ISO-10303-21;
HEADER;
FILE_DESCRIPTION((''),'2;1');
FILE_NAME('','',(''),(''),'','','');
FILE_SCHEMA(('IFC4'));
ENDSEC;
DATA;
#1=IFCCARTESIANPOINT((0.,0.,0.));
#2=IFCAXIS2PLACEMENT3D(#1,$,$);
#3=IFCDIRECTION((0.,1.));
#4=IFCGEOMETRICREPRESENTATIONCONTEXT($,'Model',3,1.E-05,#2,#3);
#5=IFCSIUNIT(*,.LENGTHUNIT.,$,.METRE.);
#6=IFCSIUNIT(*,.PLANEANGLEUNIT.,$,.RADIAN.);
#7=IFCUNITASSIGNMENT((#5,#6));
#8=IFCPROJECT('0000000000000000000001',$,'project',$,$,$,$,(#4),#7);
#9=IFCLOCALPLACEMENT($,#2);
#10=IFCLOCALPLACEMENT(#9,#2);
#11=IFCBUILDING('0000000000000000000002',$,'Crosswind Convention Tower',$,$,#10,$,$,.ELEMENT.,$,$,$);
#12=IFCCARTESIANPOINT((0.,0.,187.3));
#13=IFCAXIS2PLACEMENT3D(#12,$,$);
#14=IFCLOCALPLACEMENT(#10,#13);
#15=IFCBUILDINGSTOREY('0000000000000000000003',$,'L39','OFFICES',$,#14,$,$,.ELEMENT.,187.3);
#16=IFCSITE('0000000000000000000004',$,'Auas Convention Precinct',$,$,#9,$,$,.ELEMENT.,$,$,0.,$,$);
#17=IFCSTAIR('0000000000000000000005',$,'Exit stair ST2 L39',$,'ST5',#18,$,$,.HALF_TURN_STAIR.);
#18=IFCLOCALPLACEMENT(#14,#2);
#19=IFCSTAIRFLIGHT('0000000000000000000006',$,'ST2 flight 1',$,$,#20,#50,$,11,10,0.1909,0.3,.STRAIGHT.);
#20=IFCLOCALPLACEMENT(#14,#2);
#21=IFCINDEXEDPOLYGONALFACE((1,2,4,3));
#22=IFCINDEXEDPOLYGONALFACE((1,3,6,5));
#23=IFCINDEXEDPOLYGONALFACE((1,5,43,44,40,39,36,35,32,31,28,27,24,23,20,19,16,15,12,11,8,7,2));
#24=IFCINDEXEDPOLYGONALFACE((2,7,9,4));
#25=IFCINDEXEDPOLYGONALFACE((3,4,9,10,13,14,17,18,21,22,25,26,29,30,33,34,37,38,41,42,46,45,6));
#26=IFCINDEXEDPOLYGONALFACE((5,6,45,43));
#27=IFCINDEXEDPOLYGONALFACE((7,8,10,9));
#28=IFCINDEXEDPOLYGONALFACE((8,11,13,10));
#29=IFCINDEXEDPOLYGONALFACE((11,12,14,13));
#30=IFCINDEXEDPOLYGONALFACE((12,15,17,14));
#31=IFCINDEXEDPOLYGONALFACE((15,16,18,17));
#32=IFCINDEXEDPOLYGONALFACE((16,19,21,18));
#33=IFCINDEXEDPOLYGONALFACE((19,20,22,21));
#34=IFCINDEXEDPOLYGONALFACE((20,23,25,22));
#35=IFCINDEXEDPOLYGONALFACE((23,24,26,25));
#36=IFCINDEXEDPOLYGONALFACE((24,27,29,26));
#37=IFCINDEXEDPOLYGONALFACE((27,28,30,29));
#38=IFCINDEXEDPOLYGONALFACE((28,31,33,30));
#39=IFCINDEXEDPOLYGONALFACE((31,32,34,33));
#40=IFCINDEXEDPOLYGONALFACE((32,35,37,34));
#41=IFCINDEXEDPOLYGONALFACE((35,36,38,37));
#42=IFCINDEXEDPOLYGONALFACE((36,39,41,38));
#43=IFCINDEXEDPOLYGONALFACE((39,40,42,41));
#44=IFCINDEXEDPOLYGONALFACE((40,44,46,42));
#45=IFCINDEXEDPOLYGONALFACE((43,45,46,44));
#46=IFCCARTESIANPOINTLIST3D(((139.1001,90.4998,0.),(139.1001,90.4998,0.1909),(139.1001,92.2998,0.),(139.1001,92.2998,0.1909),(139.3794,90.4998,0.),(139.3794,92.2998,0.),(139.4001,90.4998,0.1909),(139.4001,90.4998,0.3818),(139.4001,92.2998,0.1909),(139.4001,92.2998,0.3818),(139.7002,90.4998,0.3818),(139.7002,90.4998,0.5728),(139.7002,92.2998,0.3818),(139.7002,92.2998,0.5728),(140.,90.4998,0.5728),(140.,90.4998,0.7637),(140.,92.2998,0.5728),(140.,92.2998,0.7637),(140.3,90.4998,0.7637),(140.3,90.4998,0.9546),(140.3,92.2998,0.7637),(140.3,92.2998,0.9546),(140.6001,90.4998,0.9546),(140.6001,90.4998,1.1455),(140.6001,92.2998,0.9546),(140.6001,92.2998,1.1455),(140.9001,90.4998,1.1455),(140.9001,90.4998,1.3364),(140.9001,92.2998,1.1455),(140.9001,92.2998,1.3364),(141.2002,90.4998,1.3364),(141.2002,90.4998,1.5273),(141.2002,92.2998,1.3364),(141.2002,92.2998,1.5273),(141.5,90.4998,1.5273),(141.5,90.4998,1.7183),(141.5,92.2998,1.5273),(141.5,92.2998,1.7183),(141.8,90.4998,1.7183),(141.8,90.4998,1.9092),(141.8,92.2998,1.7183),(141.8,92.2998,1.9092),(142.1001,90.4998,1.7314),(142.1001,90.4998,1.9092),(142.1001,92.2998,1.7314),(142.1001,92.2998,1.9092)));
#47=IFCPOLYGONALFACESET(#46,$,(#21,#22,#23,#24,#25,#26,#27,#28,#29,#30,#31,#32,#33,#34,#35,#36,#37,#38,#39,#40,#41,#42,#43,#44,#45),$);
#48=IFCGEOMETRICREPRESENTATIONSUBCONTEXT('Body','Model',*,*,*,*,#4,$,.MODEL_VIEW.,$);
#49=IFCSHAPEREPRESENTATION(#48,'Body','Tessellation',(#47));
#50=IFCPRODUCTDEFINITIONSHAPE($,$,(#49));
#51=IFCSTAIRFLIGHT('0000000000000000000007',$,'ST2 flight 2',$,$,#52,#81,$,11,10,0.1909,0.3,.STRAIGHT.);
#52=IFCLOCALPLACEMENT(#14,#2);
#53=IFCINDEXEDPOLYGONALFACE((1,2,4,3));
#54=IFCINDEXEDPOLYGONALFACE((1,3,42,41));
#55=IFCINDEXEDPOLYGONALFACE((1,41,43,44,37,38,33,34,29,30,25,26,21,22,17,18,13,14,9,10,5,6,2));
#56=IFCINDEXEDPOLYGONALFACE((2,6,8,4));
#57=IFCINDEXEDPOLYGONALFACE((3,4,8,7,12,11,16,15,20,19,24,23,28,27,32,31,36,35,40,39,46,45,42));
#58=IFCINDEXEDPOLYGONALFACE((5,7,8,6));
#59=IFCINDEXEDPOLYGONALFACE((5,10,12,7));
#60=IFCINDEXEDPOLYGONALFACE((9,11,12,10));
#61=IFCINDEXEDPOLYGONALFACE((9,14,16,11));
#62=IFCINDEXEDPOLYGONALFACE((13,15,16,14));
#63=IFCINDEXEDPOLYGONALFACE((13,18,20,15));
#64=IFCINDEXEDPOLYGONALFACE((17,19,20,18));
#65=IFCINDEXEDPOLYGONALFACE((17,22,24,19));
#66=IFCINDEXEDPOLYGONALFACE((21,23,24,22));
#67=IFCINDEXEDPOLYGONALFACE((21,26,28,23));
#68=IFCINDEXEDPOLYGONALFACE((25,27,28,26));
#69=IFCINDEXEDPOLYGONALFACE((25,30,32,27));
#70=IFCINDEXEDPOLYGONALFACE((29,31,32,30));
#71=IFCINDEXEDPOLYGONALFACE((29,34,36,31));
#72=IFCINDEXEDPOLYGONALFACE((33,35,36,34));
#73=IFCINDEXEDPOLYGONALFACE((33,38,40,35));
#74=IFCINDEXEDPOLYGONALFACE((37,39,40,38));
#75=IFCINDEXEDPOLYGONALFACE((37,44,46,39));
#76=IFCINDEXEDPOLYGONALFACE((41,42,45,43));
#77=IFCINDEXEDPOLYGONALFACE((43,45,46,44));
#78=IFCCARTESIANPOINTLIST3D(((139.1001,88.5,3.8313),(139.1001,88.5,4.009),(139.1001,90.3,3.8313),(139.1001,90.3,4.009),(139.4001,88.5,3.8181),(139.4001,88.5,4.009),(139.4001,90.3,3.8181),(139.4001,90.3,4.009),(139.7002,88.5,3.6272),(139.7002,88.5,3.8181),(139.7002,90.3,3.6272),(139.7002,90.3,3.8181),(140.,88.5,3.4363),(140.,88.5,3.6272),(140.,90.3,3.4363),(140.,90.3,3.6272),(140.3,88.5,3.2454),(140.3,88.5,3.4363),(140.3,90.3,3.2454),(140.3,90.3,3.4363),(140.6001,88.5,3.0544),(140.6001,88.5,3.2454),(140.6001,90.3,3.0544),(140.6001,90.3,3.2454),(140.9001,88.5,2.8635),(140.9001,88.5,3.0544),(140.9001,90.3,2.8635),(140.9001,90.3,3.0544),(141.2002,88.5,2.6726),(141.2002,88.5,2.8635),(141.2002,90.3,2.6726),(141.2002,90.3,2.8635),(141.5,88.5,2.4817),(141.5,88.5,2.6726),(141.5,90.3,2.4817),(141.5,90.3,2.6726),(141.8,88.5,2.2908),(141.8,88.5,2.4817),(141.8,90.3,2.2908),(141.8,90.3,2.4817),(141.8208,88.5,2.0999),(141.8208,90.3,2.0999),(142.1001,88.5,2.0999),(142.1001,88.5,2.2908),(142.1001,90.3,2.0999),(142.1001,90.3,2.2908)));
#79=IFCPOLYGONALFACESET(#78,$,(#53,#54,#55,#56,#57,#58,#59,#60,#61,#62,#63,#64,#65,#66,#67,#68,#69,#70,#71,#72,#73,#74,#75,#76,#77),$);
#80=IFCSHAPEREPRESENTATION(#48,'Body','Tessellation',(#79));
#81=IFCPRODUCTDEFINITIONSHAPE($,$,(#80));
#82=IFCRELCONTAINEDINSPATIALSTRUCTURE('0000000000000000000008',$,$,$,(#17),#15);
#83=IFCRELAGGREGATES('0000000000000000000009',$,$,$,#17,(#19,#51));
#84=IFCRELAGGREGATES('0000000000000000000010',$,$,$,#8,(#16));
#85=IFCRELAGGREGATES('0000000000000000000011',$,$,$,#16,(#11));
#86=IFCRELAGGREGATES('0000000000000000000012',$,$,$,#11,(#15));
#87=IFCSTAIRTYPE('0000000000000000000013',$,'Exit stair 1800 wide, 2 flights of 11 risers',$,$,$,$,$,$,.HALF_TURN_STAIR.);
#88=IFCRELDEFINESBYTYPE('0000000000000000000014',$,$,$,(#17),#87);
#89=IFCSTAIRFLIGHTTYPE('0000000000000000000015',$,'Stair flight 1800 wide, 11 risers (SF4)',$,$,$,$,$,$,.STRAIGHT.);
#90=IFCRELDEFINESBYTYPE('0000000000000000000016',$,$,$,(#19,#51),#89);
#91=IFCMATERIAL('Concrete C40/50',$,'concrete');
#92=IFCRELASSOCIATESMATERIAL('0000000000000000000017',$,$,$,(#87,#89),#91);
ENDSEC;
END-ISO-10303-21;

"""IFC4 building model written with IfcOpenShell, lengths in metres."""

from ifc_helpers import new_model, si_unit, direction, frame, origin, place, context, subcontext, project, spatial, polyline, outline, extrude, material, type_object, element, aggregate, save


model = new_model("IFC4")

# Units and contexts
model_context = context("Model", 3, precision=1e-05, world=origin(), true_north=direction((0.0, 1.0)))
body_context = subcontext(model_context, "Body", "Model", "MODEL_VIEW")
ifc_project = project(units=[si_unit("LENGTHUNIT", "METRE"), si_unit("PLANEANGLEUNIT", "RADIAN")], contexts=[model_context])

# Site, building, storey
site_placement = place(None, origin())
site = spatial("IfcSite", under=ifc_project, at=site_placement, Name="Auas Convention Precinct", CompositionType="ELEMENT", RefElevation=0.0)
building_placement = place(site_placement, origin())
building = spatial("IfcBuilding", under=site, at=building_placement, Name="Crosswind Convention Tower", CompositionType="ELEMENT")
storey_placement = place(building_placement, frame((0.0, 0.0, 187.3)))
storey = spatial("IfcBuildingStorey", under=building, at=storey_placement, Name="L39", Description="OFFICES", CompositionType="ELEMENT", Elevation=187.3)

# Stair, stair flights
ifc_material_1 = material(Name="Concrete C40/50", Category="concrete")
stair_type = type_object("IfcStairType", Name="Exit stair 1800 wide, 2 flights of 11 risers", PredefinedType="HALF_TURN_STAIR", material=ifc_material_1)
stair_placement = place(storey_placement, origin())
stair = element("IfcStair", 1, at=stair_placement, inside=storey, type_object=stair_type, Name="Exit stair ST2 L39", ObjectType="ST5", PredefinedType="HALF_TURN_STAIR")
stair_flight_type = type_object("IfcStairFlightType", Name="Stair flight 1800 wide, 11 risers (SF4)", PredefinedType="STRAIGHT", material=ifc_material_1)
stair_flight_1_placement = place(storey_placement, frame((139.1001, 91.3999, 0.0), z_axis=(0.0, 0.0, 1.0), x_axis=(1.0, 0.0, 0.0)))
stair_flight_1 = element("IfcStairFlight", 2, at=stair_flight_1_placement, type_object=stair_flight_type, Name="ST2 flight 1", NumberOfRisers=11, NumberOfTreads=10, PredefinedType="STRAIGHT", RiserHeight=0.1909, TreadLength=0.3, context=body_context, shape_type="SweptSolid", body=[
    extrude(outline(polyline([(0.0, 0.0), (0.0, 0.1909), (0.3, 0.1909), (0.3, 0.3818), (0.6001, 0.3818), (0.6001, 0.5728), (0.8999, 0.5728), (0.8999, 0.7637), (1.2, 0.7637), (1.2, 0.9546), (1.5, 0.9546), (1.5, 1.1455), (1.8, 1.1455), (1.8, 1.3364), (2.1001, 1.3364), (2.1001, 1.5273), (2.3999, 1.5273), (2.3999, 1.7183), (2.7, 1.7183), (2.7, 1.9092), (3.0, 1.9092), (3.0, 2.1001), (3.0, 1.7314), (0.2793, 0.0), (0.0, 0.0)])), frame((0.0, 0.8999, 0.0), z_axis=(0.0, -1.0, 0.0), x_axis=(1.0, 0.0, 0.0)), (0.0, 0.0, 1.0), 1.8),
])
stair_flight_2_placement = place(storey_placement, frame((142.1001, 89.3999, 2.0999), z_axis=(0.0, 0.0, 1.0), x_axis=(-1.0, 0.0, 0.0)))
stair_flight_2 = element("IfcStairFlight", 3, at=stair_flight_2_placement, type_object=stair_flight_type, Name="ST2 flight 2", NumberOfRisers=11, NumberOfTreads=10, PredefinedType="STRAIGHT", RiserHeight=0.1909, TreadLength=0.3, context=body_context, shape_type="SweptSolid", body=[
    extrude(outline(polyline([(0.0, 0.0), (0.0, 0.1909), (0.3, 0.1909), (0.3, 0.3818), (0.6001, 0.3818), (0.6001, 0.5728), (0.8999, 0.5728), (0.8999, 0.7637), (1.2, 0.7637), (1.2, 0.9546), (1.5, 0.9546), (1.5, 1.1455), (1.8, 1.1455), (1.8, 1.3364), (2.1001, 1.3364), (2.1001, 1.5273), (2.3999, 1.5273), (2.3999, 1.7183), (2.7, 1.7183), (2.7, 1.9092), (3.0, 1.9092), (3.0, 2.1001), (3.0, 1.7314), (0.2793, 0.0), (0.0, 0.0)])), frame((0.0, 0.8999, 0.0), z_axis=(0.0, -1.0, 0.0), x_axis=(1.0, 0.0, 0.0)), (0.0, 0.0, 1.0), 1.8),
])
aggregate(stair, [stair_flight_1, stair_flight_2])

save(model, "model.ifc")
